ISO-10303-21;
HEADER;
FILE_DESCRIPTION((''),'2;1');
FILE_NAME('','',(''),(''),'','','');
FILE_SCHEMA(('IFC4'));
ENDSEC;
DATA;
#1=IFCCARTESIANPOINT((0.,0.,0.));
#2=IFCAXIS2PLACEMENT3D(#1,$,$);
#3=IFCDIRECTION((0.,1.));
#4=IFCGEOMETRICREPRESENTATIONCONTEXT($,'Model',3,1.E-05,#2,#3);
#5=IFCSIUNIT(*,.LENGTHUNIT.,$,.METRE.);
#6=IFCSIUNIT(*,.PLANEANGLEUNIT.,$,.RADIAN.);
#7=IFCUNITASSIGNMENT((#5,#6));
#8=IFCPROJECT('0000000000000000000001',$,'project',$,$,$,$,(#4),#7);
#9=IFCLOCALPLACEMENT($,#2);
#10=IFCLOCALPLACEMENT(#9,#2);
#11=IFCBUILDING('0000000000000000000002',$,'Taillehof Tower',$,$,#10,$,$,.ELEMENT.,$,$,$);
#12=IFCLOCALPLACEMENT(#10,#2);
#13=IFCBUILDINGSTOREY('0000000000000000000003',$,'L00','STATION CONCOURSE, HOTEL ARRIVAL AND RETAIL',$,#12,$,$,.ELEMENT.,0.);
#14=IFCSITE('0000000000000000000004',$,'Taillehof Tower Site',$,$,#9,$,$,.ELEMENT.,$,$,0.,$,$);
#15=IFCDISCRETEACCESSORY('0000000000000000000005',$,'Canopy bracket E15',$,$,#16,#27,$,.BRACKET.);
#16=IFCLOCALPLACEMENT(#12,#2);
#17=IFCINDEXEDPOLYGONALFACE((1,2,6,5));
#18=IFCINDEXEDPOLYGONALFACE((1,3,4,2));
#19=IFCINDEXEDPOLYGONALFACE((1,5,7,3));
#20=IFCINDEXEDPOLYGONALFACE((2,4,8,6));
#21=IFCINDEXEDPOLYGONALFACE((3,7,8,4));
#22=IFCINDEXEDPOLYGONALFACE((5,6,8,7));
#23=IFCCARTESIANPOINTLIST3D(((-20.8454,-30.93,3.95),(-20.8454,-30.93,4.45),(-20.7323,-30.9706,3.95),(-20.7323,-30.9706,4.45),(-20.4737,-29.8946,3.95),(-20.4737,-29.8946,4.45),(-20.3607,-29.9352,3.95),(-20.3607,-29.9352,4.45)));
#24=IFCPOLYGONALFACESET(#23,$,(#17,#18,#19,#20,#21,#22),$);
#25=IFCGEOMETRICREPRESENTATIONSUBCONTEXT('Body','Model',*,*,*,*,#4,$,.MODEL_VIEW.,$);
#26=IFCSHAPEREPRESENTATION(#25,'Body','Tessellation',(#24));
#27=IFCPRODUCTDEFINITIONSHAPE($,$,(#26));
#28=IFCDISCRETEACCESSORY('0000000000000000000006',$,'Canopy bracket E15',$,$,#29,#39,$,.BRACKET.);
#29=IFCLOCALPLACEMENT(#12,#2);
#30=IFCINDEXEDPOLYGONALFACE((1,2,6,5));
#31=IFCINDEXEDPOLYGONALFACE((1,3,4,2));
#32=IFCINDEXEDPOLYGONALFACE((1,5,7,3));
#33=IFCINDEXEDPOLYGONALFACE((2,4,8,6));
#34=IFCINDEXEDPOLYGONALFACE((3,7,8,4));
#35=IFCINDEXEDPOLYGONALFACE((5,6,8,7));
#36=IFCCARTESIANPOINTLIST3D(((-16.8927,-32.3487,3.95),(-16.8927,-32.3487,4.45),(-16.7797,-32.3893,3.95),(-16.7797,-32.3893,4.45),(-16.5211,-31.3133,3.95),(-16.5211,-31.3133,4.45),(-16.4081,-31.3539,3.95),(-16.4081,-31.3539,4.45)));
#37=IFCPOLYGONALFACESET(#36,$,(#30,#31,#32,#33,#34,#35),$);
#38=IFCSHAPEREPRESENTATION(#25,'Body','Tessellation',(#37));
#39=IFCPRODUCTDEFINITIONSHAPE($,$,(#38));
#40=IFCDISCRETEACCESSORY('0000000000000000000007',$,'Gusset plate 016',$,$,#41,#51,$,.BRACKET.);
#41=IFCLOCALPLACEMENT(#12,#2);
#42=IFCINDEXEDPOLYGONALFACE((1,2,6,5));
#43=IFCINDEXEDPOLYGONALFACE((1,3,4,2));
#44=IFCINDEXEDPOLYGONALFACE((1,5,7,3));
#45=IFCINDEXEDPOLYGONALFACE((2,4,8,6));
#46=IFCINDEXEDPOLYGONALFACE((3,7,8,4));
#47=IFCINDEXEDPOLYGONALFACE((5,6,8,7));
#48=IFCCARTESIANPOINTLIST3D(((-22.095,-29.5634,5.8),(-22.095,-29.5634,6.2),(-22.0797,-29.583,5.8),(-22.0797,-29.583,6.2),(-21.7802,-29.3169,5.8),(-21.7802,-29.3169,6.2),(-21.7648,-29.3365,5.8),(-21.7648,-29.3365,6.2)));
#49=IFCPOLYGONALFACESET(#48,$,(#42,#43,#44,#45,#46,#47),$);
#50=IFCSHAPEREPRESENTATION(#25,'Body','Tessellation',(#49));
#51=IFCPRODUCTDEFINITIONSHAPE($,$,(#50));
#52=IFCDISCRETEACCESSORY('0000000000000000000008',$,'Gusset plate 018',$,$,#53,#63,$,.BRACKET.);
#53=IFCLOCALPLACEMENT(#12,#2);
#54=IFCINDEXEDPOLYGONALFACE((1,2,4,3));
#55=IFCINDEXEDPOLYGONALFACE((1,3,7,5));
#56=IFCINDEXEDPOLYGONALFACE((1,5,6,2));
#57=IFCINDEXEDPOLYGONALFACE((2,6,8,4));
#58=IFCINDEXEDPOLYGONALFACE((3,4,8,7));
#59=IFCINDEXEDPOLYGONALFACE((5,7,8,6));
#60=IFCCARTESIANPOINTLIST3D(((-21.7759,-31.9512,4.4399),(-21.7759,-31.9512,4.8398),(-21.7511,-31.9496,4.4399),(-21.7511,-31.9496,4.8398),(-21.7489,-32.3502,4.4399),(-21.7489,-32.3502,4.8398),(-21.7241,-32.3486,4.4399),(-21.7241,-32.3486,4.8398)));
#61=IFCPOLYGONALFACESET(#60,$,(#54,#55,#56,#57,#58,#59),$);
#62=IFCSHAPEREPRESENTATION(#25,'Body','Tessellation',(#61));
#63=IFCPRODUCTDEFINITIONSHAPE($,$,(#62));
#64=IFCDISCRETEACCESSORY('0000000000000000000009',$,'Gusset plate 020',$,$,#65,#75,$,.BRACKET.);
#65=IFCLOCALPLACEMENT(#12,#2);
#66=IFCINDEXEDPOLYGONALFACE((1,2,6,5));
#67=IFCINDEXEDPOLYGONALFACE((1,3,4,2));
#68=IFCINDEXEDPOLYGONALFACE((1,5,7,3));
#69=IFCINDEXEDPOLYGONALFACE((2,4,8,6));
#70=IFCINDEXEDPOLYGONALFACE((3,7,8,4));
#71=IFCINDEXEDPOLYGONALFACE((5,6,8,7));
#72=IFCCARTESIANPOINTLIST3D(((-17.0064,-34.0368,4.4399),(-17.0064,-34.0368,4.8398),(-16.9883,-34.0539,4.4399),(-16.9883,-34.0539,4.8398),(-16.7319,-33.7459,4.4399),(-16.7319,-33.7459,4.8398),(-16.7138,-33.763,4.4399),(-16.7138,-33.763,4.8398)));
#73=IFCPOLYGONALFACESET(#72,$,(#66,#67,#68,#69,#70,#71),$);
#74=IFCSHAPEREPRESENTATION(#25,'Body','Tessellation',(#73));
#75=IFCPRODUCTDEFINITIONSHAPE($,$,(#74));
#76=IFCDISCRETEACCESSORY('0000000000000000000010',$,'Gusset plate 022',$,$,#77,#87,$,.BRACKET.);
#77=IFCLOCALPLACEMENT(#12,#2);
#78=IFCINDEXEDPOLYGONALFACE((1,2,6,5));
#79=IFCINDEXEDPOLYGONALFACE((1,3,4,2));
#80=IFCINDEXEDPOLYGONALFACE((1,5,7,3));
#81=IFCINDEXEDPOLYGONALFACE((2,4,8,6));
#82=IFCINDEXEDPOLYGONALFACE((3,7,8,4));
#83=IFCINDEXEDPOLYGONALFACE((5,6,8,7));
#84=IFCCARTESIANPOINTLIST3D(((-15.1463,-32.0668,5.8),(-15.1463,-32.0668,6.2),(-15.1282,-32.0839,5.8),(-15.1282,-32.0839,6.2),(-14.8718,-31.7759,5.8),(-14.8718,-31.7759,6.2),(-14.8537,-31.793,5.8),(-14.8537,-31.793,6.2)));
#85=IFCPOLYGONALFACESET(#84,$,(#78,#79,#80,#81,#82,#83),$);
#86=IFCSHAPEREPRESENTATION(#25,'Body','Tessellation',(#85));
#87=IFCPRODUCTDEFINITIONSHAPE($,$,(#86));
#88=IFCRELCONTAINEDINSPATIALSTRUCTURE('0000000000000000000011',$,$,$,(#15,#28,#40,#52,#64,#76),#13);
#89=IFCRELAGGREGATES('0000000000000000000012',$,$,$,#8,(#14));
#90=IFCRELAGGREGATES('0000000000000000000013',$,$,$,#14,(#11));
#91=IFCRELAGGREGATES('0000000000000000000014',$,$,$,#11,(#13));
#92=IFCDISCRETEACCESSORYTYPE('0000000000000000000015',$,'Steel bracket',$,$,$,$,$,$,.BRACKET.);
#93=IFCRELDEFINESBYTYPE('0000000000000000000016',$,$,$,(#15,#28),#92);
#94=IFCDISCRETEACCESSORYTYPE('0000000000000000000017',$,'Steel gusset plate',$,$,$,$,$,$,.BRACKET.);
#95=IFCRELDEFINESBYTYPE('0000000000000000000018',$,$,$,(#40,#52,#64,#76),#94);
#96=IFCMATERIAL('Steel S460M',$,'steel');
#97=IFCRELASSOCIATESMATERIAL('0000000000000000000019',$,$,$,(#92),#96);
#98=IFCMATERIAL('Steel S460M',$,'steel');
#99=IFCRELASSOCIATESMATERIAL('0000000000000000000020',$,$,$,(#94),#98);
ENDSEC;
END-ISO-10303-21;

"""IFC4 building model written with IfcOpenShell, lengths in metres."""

from ifc_helpers import new_model, si_unit, direction, frame, origin, origin_2d, place, context, subcontext, project, spatial, rectangle, extrude, material, type_object, element, save


model = new_model("IFC4")

# Units and contexts
model_context = context("Model", 3, precision=1e-05, world=origin(), true_north=direction((0.0, 1.0)))
body_context = subcontext(model_context, "Body", "Model", "MODEL_VIEW")
ifc_project = project(units=[si_unit("LENGTHUNIT", "METRE"), si_unit("PLANEANGLEUNIT", "RADIAN")], contexts=[model_context])

# Site, building, storey
site_placement = place(None, origin())
site = spatial("IfcSite", under=ifc_project, at=site_placement, Name="Taillehof Tower Site", CompositionType="ELEMENT", RefElevation=0.0)
building_placement = place(site_placement, origin())
building = spatial("IfcBuilding", under=site, at=building_placement, Name="Taillehof Tower", CompositionType="ELEMENT")
storey_placement = place(building_placement, origin())
storey = spatial("IfcBuildingStorey", under=building, at=storey_placement, Name="L00", Description="STATION CONCOURSE, HOTEL ARRIVAL AND RETAIL", CompositionType="ELEMENT", Elevation=0.0)

# Discrete accessories
ifc_material_1 = material(Name="Steel S460M", Category="steel")
discrete_accessory_type_1 = type_object("IfcDiscreteAccessoryType", Name="Steel bracket", PredefinedType="BRACKET", material=ifc_material_1)
for number, where, z_axis, x_axis, name in (
    (1, (-20.603, -30.4326, 3.95), (0.0, 0.0, 1.0), (-0.337798, -0.941218, 0.0), "Canopy bracket E15"),
    (2, (-16.6504, -31.8513, 3.95), (0.0, 0.0, 1.0), (-0.337798, -0.941218, 0.0), "Canopy bracket E15"),
):
    element("IfcDiscreteAccessory", number, at=place(storey_placement, frame(where, z_axis=z_axis, x_axis=x_axis)), inside=storey, type_object=discrete_accessory_type_1, Name=name, PredefinedType="BRACKET", context=body_context, shape_type="SweptSolid", body=[
        extrude(rectangle(XDim=1.1001, YDim=0.1201, at=origin_2d()), origin(), (0.0, 0.0, 1.0), 0.5),
    ])
ifc_material_2 = material(Name="Steel S460M", Category="steel")
discrete_accessory_type_2 = type_object("IfcDiscreteAccessoryType", Name="Steel gusset plate", PredefinedType="BRACKET", material=ifc_material_2)
for number, where, z_axis, x_axis, name in (
    (3, (-21.9299, -29.45, 5.8), (0.0, 0.0, 1.0), (0.787273, 0.616605, 0.0), "Gusset plate 016"),
    (4, (-21.75, -32.1499, 4.4399), (0.0, 0.0, 1.0), (-0.067477, 0.997721, 0.0), "Gusset plate 018"),
    (5, (-16.8601, -33.8999, 4.4399), (0.0, 0.0, 1.0), (0.686251, 0.727364, 0.0), "Gusset plate 020"),
    (6, (-15.0, -31.9299, 5.8), (0.0, 0.0, 1.0), (0.686251, 0.727364, 0.0), "Gusset plate 022"),
):
    element("IfcDiscreteAccessory", number, at=place(storey_placement, frame(where, z_axis=z_axis, x_axis=x_axis)), inside=storey, type_object=discrete_accessory_type_2, Name=name, PredefinedType="BRACKET", context=body_context, shape_type="SweptSolid", body=[
        extrude(rectangle(XDim=0.3999, YDim=0.0249, at=origin_2d()), origin(), (0.0, 0.0, 1.0), 0.3999),
    ])

save(model, "model.ifc")
